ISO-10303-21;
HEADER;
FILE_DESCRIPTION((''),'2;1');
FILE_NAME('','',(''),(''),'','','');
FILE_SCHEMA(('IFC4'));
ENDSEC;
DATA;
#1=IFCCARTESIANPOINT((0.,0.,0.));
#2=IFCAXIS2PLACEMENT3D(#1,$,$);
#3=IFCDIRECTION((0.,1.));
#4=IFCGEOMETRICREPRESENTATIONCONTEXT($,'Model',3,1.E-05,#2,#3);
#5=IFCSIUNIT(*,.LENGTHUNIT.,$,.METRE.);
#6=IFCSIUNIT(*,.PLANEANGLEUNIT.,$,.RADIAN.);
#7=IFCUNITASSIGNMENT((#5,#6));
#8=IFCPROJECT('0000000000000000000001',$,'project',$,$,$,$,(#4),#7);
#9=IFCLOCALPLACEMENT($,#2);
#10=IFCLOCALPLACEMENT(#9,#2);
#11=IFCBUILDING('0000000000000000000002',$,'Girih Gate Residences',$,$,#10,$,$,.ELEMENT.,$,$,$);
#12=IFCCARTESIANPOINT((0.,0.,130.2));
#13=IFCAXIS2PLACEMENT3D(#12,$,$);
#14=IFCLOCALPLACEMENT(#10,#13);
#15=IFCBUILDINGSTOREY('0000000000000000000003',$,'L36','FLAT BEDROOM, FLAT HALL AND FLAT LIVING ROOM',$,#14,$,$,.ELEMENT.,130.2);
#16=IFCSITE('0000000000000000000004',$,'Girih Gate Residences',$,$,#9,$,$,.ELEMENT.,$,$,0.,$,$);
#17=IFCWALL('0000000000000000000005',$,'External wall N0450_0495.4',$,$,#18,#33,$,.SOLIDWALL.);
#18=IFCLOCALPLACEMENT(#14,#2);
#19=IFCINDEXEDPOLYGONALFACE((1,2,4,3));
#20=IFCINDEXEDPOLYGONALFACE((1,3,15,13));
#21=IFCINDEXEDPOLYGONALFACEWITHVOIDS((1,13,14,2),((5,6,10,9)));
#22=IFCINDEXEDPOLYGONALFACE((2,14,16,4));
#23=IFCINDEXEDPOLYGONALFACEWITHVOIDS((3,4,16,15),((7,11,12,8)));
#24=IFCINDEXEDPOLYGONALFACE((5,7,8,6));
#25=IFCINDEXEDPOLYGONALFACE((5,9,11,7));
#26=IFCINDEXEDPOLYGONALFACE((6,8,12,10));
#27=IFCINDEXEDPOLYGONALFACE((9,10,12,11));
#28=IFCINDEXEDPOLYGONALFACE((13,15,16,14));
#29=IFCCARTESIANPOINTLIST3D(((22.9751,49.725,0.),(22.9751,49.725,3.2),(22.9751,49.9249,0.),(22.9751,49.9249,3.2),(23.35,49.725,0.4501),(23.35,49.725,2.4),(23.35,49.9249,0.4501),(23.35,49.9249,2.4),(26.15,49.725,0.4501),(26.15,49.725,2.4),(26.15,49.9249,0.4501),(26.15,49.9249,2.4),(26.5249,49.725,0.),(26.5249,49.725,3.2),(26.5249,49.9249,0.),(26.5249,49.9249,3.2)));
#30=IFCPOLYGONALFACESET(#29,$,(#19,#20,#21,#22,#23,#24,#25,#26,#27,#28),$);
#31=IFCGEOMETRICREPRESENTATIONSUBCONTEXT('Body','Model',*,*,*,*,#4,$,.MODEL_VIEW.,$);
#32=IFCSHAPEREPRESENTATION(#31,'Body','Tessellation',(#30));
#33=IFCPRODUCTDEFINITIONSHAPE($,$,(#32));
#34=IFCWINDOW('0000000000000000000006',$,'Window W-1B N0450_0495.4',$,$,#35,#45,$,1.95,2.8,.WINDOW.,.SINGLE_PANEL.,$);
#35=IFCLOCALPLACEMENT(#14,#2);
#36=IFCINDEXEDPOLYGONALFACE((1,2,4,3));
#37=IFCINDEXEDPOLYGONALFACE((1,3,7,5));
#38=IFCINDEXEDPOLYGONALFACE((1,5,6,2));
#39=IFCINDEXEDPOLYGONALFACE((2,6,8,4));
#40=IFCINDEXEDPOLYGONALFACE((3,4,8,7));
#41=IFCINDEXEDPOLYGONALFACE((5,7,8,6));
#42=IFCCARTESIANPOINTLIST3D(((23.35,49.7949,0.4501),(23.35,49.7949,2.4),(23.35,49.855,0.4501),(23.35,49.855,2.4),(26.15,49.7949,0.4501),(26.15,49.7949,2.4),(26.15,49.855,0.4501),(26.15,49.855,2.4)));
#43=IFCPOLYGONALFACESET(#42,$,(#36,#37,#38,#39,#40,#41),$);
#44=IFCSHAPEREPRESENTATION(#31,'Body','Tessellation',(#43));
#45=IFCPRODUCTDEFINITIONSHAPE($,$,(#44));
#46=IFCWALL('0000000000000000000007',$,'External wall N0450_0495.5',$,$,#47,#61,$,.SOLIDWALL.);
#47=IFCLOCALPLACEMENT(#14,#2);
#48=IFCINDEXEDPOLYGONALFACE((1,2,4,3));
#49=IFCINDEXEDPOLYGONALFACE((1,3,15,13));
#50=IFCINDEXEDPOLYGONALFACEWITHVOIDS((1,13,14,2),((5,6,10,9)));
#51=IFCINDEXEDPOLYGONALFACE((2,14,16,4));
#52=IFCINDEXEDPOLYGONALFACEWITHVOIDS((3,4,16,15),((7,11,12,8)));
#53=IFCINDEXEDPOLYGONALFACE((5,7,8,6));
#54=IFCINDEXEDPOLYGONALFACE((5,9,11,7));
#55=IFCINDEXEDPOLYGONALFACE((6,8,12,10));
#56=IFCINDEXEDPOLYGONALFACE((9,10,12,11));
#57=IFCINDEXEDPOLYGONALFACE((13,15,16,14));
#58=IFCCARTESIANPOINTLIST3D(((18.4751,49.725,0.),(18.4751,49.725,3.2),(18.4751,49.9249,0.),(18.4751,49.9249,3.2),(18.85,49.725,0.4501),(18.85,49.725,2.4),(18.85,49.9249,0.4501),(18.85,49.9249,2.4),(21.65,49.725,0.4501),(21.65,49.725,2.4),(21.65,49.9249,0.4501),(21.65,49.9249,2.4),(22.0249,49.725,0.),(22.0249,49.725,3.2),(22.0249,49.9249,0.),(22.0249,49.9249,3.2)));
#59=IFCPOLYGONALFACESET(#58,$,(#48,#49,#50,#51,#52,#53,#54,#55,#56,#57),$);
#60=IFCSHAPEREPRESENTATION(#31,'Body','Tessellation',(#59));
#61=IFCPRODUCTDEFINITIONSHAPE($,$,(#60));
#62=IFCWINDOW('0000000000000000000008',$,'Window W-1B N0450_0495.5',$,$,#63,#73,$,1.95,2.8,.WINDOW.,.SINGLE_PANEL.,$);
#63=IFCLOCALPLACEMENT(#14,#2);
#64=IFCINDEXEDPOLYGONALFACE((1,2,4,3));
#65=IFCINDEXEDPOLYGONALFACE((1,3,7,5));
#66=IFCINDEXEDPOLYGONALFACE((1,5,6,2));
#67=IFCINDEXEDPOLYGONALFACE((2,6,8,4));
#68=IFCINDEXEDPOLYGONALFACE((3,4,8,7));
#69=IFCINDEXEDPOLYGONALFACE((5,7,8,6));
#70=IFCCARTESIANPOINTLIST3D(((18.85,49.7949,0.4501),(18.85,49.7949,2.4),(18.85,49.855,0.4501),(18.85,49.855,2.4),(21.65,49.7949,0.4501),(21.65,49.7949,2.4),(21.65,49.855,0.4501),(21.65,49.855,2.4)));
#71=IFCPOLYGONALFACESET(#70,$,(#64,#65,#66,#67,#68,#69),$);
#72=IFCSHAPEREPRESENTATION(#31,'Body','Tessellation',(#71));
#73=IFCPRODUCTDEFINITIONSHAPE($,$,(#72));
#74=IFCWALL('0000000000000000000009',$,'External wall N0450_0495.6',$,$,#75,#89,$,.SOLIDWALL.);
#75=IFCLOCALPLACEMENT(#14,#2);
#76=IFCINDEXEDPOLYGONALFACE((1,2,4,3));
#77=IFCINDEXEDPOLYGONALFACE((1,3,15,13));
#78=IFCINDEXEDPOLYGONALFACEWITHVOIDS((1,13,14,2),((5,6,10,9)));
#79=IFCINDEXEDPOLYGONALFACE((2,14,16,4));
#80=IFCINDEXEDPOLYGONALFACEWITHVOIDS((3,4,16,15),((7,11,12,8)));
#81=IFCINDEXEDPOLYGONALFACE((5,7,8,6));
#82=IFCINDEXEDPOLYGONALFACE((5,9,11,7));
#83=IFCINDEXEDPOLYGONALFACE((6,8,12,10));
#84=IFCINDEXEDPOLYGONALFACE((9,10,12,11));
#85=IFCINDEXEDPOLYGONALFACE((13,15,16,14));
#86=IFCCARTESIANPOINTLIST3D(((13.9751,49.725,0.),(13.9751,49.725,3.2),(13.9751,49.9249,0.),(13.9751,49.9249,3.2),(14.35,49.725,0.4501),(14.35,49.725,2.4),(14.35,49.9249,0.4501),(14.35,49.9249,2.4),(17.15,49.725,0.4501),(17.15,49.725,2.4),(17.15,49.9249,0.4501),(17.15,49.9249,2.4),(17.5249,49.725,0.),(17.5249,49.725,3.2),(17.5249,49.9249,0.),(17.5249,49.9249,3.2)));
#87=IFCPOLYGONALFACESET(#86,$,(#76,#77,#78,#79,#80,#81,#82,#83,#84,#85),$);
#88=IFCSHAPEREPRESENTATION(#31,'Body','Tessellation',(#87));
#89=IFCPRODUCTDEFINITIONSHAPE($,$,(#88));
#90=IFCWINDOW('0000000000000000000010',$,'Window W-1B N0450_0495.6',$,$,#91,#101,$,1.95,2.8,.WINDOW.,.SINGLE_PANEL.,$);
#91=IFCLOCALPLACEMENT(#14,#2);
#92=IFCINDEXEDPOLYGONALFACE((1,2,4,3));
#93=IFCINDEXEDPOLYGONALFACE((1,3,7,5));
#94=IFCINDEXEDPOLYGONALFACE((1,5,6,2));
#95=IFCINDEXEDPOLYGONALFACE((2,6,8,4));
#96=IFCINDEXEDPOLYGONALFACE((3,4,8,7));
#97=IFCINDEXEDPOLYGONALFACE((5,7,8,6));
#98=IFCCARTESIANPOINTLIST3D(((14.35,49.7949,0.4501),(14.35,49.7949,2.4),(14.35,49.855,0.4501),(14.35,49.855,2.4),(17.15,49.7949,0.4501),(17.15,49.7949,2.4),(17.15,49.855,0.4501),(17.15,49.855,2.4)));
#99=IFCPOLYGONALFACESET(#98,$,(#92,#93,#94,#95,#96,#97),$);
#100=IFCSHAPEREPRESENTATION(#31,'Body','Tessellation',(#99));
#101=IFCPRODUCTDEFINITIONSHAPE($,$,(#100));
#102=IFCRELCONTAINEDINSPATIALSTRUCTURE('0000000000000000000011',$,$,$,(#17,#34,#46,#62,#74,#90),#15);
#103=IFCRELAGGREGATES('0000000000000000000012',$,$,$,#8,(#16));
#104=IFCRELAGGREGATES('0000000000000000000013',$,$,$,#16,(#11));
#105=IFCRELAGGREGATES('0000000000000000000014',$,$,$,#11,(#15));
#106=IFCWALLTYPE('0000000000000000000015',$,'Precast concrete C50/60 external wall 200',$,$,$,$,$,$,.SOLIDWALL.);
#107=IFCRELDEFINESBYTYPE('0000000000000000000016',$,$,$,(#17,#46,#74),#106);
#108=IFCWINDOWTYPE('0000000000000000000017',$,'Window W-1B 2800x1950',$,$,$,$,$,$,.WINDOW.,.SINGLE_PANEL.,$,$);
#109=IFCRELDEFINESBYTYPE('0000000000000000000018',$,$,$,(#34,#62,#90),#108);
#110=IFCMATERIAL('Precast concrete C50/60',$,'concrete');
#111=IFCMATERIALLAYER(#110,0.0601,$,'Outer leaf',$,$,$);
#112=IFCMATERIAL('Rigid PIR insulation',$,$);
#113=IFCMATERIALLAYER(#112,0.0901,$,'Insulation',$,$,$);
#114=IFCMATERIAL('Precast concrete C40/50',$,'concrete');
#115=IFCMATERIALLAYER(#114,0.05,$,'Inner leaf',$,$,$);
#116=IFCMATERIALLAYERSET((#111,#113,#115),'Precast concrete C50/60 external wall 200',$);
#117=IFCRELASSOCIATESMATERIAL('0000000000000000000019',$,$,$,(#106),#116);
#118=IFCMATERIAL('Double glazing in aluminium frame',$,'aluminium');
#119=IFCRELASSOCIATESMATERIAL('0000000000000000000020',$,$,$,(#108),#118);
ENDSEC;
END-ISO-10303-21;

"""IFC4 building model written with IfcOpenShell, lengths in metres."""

from ifc_helpers import new_model, si_unit, direction, frame, frame_2d, origin, place, context, subcontext, project, spatial, rectangle, extrude, material, layer, layer_set, type_object, element, fill, save


model = new_model("IFC4")

# Units and contexts
model_context = context("Model", 3, precision=1e-05, world=origin(), true_north=direction((0.0, 1.0)))
body_context = subcontext(model_context, "Body", "Model", "MODEL_VIEW")
ifc_project = project(units=[si_unit("LENGTHUNIT", "METRE"), si_unit("PLANEANGLEUNIT", "RADIAN")], contexts=[model_context])

# Site, building, storey
site_placement = place(None, origin())
site = spatial("IfcSite", under=ifc_project, at=site_placement, Name="Girih Gate Residences", CompositionType="ELEMENT", RefElevation=0.0)
building_placement = place(site_placement, origin())
building = spatial("IfcBuilding", under=site, at=building_placement, Name="Girih Gate Residences", CompositionType="ELEMENT")
storey_placement = place(building_placement, frame((0.0, 0.0, 130.2)))
storey = spatial("IfcBuildingStorey", under=building, at=storey_placement, Name="L36", Description="FLAT BEDROOM, FLAT HALL AND FLAT LIVING ROOM", CompositionType="ELEMENT", Elevation=130.2)

# Walls, openings, windows
ifc_material_1 = material(Name="Precast concrete C50/60", Category="concrete")
ifc_layer_1 = layer(ifc_material_1, 0.0601, Name="Outer leaf")
ifc_material_2 = material(Name="Rigid PIR insulation")
ifc_layer_2 = layer(ifc_material_2, 0.0901, Name="Insulation")
ifc_material_3 = material(Name="Precast concrete C40/50", Category="concrete")
ifc_layer_3 = layer(ifc_material_3, 0.05, Name="Inner leaf")
ifc_layer_set_1 = layer_set([ifc_layer_1, ifc_layer_2, ifc_layer_3], Name="Precast concrete C50/60 external wall 200")
wall_type_1 = type_object("IfcWallType", Name="Precast concrete C50/60 external wall 200", PredefinedType="SOLIDWALL", material=ifc_layer_set_1)
wall_1_placement = place(storey_placement, frame((22.9751, 49.825, 0.0), z_axis=(0.0, 0.0, 1.0), x_axis=(1.0, 0.0, 0.0)))
wall_1 = element("IfcWall", 1, at=wall_1_placement, inside=storey, type_object=wall_type_1, Name="External wall N0450_0495.4", PredefinedType="SOLIDWALL", context=body_context, shape_type="SweptSolid", body=[
    extrude(rectangle(XDim=3.5498, YDim=0.2, at=frame_2d((1.7749, 0.0))), origin(), (0.0, 0.0, 1.0), 3.2),
])
opening_1_placement = place(wall_1_placement, frame((0.375, 0.0, 0.45)))
opening_1 = element("IfcOpeningElement", 2, at=opening_1_placement, cuts=wall_1, PredefinedType="OPENING", context=body_context, shape_type="SweptSolid", body=[
    extrude(rectangle(XDim=2.8, YDim=1.95, at=frame_2d((1.3999, 0.9751))), frame((0.0, 0.1099, 0.0), z_axis=(0.0, -1.0, 0.0), x_axis=(1.0, 0.0, 0.0)), (0.0, 0.0, 1.0), 0.22),
])
ifc_material_4 = material(Name="Double glazing in aluminium frame", Category="aluminium")
window_type = type_object("IfcWindowType", Name="Window W-1B 2800x1950", PartitioningType="SINGLE_PANEL", PredefinedType="WINDOW", material=ifc_material_4)
window_1_placement = place(opening_1_placement, origin())
window_1 = element("IfcWindow", 3, at=window_1_placement, inside=storey, type_object=window_type, Name="Window W-1B N0450_0495.4", OverallHeight=1.95, OverallWidth=2.8, PartitioningType="SINGLE_PANEL", PredefinedType="WINDOW", context=body_context, shape_type="SweptSolid", body=[
    extrude(rectangle(XDim=2.8, YDim=1.95, at=frame_2d((1.3999, 0.9751))), frame((0.0, 0.03, 0.0), z_axis=(0.0, -1.0, 0.0), x_axis=(1.0, 0.0, 0.0)), (0.0, 0.0, 1.0), 0.0601),
])
fill(opening_1, window_1)
wall_2_placement = place(storey_placement, frame((18.4751, 49.825, 0.0), z_axis=(0.0, 0.0, 1.0), x_axis=(1.0, 0.0, 0.0)))
wall_2 = element("IfcWall", 4, at=wall_2_placement, inside=storey, type_object=wall_type_1, Name="External wall N0450_0495.5", PredefinedType="SOLIDWALL", context=body_context, shape_type="SweptSolid", body=[
    extrude(rectangle(XDim=3.5498, YDim=0.2, at=frame_2d((1.7749, 0.0))), origin(), (0.0, 0.0, 1.0), 3.2),
])
opening_2_placement = place(wall_2_placement, frame((0.375, 0.0, 0.45)))
opening_2 = element("IfcOpeningElement", 5, at=opening_2_placement, cuts=wall_2, PredefinedType="OPENING", context=body_context, shape_type="SweptSolid", body=[
    extrude(rectangle(XDim=2.8, YDim=1.95, at=frame_2d((1.3999, 0.9751))), frame((0.0, 0.1099, 0.0), z_axis=(0.0, -1.0, 0.0), x_axis=(1.0, 0.0, 0.0)), (0.0, 0.0, 1.0), 0.22),
])
window_2_placement = place(opening_2_placement, origin())
window_2 = element("IfcWindow", 6, at=window_2_placement, inside=storey, type_object=window_type, Name="Window W-1B N0450_0495.5", OverallHeight=1.95, OverallWidth=2.8, PartitioningType="SINGLE_PANEL", PredefinedType="WINDOW", context=body_context, shape_type="SweptSolid", body=[
    extrude(rectangle(XDim=2.8, YDim=1.95, at=frame_2d((1.3999, 0.9751))), frame((0.0, 0.03, 0.0), z_axis=(0.0, -1.0, 0.0), x_axis=(1.0, 0.0, 0.0)), (0.0, 0.0, 1.0), 0.0601),
])
fill(opening_2, window_2)
wall_3_placement = place(storey_placement, frame((13.9751, 49.825, 0.0), z_axis=(0.0, 0.0, 1.0), x_axis=(1.0, 0.0, 0.0)))
wall_3 = element("IfcWall", 7, at=wall_3_placement, inside=storey, type_object=wall_type_1, Name="External wall N0450_0495.6", PredefinedType="SOLIDWALL", context=body_context, shape_type="SweptSolid", body=[
    extrude(rectangle(XDim=3.5498, YDim=0.2, at=frame_2d((1.7749, 0.0))), origin(), (0.0, 0.0, 1.0), 3.2),
])
opening_3_placement = place(wall_3_placement, frame((0.375, 0.0, 0.45)))
opening_3 = element("IfcOpeningElement", 8, at=opening_3_placement, cuts=wall_3, PredefinedType="OPENING", context=body_context, shape_type="SweptSolid", body=[
    extrude(rectangle(XDim=2.8, YDim=1.95, at=frame_2d((1.3999, 0.9751))), frame((0.0, 0.1099, 0.0), z_axis=(0.0, -1.0, 0.0), x_axis=(1.0, 0.0, 0.0)), (0.0, 0.0, 1.0), 0.22),
])
window_3_placement = place(opening_3_placement, origin())
window_3 = element("IfcWindow", 9, at=window_3_placement, inside=storey, type_object=window_type, Name="Window W-1B N0450_0495.6", OverallHeight=1.95, OverallWidth=2.8, PartitioningType="SINGLE_PANEL", PredefinedType="WINDOW", context=body_context, shape_type="SweptSolid", body=[
    extrude(rectangle(XDim=2.8, YDim=1.95, at=frame_2d((1.3999, 0.9751))), frame((0.0, 0.03, 0.0), z_axis=(0.0, -1.0, 0.0), x_axis=(1.0, 0.0, 0.0)), (0.0, 0.0, 1.0), 0.0601),
])
fill(opening_3, window_3)

save(model, "model.ifc")
